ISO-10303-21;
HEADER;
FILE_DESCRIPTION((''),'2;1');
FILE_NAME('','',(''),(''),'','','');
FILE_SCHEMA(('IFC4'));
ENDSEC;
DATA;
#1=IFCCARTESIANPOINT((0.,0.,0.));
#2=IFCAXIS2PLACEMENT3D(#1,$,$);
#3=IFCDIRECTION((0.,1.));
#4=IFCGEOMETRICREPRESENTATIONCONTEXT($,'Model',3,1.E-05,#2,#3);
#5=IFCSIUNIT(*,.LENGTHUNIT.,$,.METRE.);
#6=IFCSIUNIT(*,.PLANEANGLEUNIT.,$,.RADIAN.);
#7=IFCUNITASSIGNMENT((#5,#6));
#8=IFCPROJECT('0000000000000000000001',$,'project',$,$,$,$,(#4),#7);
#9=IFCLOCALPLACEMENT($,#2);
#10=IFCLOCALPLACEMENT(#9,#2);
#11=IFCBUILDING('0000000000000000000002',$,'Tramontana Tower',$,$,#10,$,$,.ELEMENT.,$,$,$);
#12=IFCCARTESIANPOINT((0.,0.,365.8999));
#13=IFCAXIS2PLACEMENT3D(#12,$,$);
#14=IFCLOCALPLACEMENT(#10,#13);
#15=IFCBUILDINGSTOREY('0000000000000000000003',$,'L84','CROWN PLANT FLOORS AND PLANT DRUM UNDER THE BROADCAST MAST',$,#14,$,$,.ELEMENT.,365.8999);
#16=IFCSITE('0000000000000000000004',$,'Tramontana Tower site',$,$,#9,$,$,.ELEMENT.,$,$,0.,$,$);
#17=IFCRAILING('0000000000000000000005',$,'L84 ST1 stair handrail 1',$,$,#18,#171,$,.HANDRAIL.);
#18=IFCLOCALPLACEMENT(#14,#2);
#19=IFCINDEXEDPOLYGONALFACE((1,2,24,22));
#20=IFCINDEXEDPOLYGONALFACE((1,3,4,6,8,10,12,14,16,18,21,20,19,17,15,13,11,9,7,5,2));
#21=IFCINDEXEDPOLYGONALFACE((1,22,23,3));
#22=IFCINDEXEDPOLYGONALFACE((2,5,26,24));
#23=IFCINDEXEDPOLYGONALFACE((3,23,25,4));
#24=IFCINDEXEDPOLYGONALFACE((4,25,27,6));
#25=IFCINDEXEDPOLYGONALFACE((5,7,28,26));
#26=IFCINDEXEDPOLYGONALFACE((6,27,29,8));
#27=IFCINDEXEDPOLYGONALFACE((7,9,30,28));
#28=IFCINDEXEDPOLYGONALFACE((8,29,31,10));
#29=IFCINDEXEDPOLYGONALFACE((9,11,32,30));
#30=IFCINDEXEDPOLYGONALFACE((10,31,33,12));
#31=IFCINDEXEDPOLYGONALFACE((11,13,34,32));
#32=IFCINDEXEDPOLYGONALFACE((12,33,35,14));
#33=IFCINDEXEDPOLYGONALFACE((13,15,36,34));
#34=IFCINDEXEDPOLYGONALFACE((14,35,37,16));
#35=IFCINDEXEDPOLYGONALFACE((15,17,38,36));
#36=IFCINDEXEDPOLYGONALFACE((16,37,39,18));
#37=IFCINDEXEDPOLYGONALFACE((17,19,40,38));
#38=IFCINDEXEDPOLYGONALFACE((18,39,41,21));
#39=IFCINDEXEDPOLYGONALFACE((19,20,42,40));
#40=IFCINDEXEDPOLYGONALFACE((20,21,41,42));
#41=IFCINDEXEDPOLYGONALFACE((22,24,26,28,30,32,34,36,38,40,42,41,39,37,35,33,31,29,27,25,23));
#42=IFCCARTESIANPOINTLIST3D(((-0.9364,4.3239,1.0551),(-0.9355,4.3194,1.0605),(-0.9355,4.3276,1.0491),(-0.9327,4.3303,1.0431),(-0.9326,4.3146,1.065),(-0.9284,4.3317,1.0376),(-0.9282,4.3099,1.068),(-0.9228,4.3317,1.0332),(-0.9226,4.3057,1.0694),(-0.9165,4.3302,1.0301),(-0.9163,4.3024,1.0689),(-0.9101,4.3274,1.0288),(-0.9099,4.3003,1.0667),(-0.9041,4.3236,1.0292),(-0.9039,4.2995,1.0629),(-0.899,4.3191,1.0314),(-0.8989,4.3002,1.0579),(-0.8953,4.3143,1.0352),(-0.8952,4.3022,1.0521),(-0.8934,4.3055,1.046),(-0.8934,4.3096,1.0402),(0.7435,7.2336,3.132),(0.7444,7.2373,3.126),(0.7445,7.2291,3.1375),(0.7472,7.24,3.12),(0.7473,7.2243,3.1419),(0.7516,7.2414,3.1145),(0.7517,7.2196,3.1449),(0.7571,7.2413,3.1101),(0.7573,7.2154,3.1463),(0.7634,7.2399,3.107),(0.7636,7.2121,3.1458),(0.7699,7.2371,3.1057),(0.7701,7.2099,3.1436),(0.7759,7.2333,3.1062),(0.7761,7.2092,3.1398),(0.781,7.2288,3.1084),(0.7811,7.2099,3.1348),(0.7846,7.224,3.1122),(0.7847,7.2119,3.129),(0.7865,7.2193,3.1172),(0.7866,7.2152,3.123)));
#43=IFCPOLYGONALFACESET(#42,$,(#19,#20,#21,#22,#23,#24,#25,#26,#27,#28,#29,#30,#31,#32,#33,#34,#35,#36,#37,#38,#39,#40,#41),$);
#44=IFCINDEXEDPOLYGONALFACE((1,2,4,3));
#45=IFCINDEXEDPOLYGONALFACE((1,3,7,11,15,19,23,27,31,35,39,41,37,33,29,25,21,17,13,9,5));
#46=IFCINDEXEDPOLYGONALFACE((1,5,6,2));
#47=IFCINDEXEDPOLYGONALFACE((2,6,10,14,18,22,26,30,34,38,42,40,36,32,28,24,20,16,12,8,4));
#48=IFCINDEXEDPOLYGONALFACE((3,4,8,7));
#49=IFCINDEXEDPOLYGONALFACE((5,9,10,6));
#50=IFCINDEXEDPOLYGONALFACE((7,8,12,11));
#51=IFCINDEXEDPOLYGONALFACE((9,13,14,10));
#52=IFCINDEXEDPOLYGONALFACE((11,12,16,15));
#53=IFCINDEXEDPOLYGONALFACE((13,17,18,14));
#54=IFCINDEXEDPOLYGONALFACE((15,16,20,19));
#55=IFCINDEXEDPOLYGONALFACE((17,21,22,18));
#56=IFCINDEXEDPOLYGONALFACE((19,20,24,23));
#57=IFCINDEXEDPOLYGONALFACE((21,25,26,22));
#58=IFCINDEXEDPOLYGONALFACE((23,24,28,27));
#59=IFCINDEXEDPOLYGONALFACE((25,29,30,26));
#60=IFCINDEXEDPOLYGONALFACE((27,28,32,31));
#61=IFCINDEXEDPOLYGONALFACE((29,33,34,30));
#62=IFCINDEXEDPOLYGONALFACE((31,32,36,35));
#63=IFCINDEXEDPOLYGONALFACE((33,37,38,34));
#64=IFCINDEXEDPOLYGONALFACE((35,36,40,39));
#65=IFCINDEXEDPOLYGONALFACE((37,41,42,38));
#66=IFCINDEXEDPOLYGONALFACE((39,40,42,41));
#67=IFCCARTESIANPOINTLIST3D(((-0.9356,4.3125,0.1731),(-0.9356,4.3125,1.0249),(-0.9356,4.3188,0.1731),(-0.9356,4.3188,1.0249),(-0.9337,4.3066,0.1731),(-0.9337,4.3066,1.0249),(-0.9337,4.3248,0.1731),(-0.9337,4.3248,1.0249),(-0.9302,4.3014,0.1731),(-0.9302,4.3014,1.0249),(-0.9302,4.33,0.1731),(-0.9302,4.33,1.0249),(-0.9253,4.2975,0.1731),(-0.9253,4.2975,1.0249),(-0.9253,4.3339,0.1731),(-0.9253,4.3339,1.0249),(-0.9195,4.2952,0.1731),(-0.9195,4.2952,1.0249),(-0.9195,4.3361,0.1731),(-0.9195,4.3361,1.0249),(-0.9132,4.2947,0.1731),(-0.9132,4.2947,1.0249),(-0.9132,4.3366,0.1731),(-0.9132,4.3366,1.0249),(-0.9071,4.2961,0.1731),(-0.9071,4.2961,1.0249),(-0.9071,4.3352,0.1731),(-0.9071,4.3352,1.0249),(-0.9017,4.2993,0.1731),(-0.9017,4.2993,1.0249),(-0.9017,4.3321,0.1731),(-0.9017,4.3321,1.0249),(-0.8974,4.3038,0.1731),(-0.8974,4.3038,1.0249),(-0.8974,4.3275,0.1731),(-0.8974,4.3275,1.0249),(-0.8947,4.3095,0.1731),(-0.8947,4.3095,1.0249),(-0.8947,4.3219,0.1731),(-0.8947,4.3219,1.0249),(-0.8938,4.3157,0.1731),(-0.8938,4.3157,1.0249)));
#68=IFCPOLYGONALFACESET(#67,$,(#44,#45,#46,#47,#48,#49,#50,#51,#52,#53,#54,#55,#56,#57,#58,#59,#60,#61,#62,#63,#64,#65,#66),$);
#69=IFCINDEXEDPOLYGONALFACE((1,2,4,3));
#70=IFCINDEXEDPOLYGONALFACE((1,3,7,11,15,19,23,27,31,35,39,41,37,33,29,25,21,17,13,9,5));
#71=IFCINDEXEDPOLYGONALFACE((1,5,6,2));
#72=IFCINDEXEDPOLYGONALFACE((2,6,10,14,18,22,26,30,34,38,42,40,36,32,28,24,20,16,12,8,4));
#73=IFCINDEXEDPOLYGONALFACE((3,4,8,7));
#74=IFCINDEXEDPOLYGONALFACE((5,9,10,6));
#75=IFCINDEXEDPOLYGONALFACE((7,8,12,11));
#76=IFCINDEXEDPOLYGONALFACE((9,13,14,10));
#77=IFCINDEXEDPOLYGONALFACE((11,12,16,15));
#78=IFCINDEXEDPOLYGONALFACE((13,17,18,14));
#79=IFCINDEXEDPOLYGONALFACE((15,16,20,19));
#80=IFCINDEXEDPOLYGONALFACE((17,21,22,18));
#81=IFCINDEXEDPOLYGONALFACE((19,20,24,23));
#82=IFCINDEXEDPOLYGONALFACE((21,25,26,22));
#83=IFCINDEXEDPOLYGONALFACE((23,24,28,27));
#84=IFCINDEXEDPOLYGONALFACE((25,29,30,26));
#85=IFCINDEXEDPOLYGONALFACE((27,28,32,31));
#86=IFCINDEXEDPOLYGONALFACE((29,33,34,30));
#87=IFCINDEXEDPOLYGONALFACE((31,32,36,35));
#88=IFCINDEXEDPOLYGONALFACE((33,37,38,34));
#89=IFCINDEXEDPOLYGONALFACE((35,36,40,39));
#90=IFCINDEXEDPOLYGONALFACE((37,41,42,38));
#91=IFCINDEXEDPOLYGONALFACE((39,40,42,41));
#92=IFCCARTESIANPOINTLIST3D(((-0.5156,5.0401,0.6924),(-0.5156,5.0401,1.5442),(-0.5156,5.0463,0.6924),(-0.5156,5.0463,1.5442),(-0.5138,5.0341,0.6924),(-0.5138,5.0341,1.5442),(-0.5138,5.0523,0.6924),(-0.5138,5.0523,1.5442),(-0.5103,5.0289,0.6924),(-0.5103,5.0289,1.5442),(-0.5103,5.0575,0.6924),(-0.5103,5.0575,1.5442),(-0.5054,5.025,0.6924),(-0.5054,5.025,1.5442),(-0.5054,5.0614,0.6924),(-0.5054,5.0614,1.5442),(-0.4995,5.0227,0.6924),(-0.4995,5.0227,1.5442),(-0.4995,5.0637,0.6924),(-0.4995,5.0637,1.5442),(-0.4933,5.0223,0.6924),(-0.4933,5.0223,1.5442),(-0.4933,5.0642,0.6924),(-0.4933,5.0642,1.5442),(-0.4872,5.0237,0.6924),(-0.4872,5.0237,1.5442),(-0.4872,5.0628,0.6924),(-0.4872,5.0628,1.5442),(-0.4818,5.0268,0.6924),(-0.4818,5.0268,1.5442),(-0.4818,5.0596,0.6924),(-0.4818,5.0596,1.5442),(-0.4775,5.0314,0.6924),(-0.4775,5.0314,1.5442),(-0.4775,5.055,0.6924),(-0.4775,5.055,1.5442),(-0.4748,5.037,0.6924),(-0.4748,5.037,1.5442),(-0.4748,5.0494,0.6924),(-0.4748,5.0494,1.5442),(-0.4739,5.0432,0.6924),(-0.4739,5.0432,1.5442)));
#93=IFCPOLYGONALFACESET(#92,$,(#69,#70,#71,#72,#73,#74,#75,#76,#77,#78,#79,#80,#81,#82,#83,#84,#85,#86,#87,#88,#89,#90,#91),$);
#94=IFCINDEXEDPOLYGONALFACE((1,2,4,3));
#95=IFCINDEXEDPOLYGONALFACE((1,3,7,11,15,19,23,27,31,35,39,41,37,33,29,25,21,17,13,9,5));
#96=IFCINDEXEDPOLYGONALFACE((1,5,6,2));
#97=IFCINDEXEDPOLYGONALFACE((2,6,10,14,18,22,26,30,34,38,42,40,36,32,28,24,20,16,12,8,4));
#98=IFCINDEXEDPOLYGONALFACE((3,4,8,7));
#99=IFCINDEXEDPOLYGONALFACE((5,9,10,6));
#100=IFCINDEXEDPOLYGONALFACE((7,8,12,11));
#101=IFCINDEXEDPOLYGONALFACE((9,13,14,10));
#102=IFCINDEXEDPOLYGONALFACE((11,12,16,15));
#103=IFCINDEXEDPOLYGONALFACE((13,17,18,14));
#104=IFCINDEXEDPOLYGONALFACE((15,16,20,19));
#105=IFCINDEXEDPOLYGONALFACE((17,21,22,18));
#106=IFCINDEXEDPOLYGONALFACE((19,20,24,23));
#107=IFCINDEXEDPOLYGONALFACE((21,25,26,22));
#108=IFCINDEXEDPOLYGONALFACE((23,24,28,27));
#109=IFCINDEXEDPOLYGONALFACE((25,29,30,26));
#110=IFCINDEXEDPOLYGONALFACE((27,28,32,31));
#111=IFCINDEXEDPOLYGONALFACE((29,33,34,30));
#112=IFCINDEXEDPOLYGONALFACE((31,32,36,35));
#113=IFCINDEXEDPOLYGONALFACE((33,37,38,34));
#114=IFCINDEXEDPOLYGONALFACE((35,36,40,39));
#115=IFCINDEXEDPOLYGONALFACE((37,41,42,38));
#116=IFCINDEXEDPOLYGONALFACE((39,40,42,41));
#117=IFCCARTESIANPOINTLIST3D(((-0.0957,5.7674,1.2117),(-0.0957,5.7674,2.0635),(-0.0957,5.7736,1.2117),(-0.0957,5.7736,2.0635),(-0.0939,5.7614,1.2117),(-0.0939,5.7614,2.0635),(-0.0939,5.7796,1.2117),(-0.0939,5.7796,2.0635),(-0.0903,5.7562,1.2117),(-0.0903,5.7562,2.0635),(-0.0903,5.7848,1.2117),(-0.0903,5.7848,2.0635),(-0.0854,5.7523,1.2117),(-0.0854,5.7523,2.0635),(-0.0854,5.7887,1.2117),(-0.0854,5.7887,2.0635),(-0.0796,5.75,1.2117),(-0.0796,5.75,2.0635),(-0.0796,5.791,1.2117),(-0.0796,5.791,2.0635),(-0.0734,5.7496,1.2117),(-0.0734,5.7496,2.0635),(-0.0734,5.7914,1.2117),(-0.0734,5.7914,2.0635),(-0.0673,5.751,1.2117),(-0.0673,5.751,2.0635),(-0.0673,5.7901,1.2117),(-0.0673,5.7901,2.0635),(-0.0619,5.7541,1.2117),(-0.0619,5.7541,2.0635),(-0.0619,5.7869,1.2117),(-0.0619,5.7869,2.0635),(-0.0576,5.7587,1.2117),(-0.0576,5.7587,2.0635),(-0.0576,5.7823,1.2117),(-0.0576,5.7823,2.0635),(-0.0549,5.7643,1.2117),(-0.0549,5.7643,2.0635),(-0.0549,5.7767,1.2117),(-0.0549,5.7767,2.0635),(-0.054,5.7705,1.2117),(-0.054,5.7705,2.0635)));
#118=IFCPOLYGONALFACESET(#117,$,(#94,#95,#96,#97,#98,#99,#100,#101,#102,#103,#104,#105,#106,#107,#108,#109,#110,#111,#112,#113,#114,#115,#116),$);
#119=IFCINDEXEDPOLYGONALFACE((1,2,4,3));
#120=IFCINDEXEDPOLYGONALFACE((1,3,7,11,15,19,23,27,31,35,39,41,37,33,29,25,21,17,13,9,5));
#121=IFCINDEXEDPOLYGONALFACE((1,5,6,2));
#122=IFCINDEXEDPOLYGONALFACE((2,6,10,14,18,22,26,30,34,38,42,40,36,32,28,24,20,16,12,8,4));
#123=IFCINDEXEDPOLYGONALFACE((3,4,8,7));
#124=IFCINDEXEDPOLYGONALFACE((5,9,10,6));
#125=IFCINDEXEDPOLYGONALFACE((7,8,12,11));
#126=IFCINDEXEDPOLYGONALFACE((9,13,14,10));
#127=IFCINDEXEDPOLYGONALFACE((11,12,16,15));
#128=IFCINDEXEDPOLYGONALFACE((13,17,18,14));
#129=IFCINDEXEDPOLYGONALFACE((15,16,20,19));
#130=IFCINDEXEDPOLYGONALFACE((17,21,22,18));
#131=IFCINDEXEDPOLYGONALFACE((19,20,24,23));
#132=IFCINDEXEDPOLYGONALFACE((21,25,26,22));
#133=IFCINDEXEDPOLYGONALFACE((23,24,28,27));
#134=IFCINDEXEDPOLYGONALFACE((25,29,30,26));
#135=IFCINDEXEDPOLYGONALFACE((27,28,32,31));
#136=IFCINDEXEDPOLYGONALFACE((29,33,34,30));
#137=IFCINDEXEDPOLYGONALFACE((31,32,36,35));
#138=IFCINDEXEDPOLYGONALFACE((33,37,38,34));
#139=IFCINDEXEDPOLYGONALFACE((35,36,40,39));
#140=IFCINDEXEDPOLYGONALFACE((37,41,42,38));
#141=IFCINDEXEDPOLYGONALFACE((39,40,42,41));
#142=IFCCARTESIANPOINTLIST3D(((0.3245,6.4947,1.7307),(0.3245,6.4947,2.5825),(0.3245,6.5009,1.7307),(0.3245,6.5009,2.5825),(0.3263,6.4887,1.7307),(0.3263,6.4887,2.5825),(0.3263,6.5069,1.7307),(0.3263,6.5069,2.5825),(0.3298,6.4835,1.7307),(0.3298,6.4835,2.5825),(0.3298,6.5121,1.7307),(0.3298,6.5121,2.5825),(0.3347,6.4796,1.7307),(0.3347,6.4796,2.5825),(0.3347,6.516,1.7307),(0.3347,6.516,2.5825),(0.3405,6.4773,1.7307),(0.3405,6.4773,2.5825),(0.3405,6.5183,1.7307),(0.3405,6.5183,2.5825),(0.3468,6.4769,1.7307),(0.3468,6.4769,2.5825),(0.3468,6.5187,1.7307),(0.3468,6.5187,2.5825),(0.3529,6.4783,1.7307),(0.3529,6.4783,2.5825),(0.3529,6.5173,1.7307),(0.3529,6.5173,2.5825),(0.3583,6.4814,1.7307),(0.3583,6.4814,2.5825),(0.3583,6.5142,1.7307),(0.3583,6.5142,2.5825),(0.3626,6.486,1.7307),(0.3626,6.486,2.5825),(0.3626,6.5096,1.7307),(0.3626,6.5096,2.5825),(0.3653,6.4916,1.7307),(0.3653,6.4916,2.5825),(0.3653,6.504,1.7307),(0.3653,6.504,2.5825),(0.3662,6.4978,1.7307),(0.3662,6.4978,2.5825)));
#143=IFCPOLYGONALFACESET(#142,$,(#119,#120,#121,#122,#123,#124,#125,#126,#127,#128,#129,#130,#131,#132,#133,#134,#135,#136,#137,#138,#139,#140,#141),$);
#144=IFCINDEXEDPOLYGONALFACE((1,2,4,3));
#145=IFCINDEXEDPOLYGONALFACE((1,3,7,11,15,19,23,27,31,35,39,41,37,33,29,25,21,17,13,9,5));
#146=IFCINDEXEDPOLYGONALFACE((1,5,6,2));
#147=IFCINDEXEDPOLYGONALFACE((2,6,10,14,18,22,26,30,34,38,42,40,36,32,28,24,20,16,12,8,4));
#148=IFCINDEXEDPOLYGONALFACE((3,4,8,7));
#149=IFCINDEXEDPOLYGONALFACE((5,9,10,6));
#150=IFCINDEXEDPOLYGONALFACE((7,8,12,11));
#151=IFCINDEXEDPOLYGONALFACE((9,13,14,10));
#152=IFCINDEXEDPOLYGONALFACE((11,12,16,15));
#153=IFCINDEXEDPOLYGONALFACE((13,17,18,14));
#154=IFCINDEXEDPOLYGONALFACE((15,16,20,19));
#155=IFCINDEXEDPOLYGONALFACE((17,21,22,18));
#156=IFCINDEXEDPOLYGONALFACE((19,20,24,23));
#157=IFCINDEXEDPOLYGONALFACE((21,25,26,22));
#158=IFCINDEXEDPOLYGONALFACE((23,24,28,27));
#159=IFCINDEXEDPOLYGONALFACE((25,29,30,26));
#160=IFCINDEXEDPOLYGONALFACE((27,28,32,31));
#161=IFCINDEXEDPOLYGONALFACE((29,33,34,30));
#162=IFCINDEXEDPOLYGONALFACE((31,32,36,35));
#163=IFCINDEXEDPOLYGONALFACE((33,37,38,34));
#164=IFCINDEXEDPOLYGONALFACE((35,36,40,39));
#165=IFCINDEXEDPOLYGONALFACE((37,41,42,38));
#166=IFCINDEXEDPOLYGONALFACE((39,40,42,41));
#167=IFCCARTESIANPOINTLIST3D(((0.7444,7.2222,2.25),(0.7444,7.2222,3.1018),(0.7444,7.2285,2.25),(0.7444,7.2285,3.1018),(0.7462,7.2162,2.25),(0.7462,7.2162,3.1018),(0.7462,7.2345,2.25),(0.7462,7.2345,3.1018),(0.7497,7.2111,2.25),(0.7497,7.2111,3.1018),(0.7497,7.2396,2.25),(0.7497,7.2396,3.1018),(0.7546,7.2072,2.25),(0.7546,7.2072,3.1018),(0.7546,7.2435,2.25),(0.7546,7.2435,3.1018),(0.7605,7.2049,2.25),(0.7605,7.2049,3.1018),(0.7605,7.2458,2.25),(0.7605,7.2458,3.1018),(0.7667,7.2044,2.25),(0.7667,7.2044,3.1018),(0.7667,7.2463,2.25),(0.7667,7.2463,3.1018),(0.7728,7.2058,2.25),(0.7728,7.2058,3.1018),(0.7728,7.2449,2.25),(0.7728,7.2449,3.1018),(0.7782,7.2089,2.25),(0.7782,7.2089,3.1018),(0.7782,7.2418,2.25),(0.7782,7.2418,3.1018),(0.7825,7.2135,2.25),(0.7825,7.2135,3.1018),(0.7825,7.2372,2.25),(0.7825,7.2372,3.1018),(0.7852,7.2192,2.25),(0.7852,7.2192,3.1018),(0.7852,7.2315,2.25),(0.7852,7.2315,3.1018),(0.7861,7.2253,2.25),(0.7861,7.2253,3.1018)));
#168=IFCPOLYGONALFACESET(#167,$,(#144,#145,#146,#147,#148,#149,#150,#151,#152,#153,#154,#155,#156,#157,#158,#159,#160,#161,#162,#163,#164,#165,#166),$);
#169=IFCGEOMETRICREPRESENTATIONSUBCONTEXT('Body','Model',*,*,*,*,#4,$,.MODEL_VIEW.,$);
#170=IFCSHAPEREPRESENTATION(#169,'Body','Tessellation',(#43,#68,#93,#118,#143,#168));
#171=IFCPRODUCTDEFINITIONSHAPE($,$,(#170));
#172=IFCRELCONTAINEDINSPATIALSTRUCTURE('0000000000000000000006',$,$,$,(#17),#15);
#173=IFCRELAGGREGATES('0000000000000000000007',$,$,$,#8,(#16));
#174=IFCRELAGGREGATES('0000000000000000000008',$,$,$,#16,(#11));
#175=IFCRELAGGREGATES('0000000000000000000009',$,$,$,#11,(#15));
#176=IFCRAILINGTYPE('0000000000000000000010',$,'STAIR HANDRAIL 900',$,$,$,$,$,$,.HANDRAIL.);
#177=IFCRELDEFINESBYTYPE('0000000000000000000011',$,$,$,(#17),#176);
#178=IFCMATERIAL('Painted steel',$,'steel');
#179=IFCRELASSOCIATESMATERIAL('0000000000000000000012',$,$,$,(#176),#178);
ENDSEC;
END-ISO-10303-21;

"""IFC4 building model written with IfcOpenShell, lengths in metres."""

from ifc_helpers import new_model, si_unit, direction, frame, origin, origin_2d, place, context, subcontext, project, spatial, circle, extrude, material, type_object, element, save


model = new_model("IFC4")

# Units and contexts
model_context = context("Model", 3, precision=1e-05, world=origin(), true_north=direction((0.0, 1.0)))
body_context = subcontext(model_context, "Body", "Model", "MODEL_VIEW")
ifc_project = project(units=[si_unit("LENGTHUNIT", "METRE"), si_unit("PLANEANGLEUNIT", "RADIAN")], contexts=[model_context])

# Site, building, storey
site_placement = place(None, origin())
site = spatial("IfcSite", under=ifc_project, at=site_placement, Name="Tramontana Tower site", CompositionType="ELEMENT", RefElevation=0.0)
building_placement = place(site_placement, origin())
building = spatial("IfcBuilding", under=site, at=building_placement, Name="Tramontana Tower", CompositionType="ELEMENT")
storey_placement = place(building_placement, frame((0.0, 0.0, 365.8999)))
storey = spatial("IfcBuildingStorey", under=building, at=storey_placement, Name="L84", Description="CROWN PLANT FLOORS AND PLANT DRUM UNDER THE BROADCAST MAST", CompositionType="ELEMENT", Elevation=365.8999)

# Railing
ifc_material_1 = material(Name="Painted steel", Category="steel")
railing_type_1 = type_object("IfcRailingType", Name="STAIR HANDRAIL 900", PredefinedType="HANDRAIL", material=ifc_material_1)
railing_1_placement = place(storey_placement, frame((-0.9148, 4.3157, 0.1731)))
element("IfcRailing", 1, at=railing_1_placement, inside=storey, type_object=railing_type_1, Name="L84 ST1 stair handrail 1", PredefinedType="HANDRAIL", context=body_context, shape_type="SweptSolid", body=[
    extrude(circle(Radius=0.0239, at=origin_2d()), frame((0.0, 0.0, 0.876), z_axis=(0.425308, 0.73664, 0.525809), x_axis=(-0.866021, 0.500008, 0.0)), (0.0, 0.0, 1.0), 3.95),
    extrude(circle(Radius=0.021, at=origin_2d()), origin(), (0.0, 0.0, 1.0), 0.8518),
    extrude(circle(Radius=0.021, at=origin_2d()), frame((0.4199, 0.7275, 0.5193)), (0.0, 0.0, 1.0), 0.8518),
    extrude(circle(Radius=0.021, at=origin_2d()), frame((0.8398, 1.4548, 1.0386)), (0.0, 0.0, 1.0), 0.8518),
    extrude(circle(Radius=0.021, at=origin_2d()), frame((1.26, 2.1821, 1.5576)), (0.0, 0.0, 1.0), 0.8518),
    extrude(circle(Radius=0.021, at=origin_2d()), frame((1.6799, 2.9097, 2.0769)), (0.0, 0.0, 1.0), 0.8518),
])

save(model, "model.ifc")
